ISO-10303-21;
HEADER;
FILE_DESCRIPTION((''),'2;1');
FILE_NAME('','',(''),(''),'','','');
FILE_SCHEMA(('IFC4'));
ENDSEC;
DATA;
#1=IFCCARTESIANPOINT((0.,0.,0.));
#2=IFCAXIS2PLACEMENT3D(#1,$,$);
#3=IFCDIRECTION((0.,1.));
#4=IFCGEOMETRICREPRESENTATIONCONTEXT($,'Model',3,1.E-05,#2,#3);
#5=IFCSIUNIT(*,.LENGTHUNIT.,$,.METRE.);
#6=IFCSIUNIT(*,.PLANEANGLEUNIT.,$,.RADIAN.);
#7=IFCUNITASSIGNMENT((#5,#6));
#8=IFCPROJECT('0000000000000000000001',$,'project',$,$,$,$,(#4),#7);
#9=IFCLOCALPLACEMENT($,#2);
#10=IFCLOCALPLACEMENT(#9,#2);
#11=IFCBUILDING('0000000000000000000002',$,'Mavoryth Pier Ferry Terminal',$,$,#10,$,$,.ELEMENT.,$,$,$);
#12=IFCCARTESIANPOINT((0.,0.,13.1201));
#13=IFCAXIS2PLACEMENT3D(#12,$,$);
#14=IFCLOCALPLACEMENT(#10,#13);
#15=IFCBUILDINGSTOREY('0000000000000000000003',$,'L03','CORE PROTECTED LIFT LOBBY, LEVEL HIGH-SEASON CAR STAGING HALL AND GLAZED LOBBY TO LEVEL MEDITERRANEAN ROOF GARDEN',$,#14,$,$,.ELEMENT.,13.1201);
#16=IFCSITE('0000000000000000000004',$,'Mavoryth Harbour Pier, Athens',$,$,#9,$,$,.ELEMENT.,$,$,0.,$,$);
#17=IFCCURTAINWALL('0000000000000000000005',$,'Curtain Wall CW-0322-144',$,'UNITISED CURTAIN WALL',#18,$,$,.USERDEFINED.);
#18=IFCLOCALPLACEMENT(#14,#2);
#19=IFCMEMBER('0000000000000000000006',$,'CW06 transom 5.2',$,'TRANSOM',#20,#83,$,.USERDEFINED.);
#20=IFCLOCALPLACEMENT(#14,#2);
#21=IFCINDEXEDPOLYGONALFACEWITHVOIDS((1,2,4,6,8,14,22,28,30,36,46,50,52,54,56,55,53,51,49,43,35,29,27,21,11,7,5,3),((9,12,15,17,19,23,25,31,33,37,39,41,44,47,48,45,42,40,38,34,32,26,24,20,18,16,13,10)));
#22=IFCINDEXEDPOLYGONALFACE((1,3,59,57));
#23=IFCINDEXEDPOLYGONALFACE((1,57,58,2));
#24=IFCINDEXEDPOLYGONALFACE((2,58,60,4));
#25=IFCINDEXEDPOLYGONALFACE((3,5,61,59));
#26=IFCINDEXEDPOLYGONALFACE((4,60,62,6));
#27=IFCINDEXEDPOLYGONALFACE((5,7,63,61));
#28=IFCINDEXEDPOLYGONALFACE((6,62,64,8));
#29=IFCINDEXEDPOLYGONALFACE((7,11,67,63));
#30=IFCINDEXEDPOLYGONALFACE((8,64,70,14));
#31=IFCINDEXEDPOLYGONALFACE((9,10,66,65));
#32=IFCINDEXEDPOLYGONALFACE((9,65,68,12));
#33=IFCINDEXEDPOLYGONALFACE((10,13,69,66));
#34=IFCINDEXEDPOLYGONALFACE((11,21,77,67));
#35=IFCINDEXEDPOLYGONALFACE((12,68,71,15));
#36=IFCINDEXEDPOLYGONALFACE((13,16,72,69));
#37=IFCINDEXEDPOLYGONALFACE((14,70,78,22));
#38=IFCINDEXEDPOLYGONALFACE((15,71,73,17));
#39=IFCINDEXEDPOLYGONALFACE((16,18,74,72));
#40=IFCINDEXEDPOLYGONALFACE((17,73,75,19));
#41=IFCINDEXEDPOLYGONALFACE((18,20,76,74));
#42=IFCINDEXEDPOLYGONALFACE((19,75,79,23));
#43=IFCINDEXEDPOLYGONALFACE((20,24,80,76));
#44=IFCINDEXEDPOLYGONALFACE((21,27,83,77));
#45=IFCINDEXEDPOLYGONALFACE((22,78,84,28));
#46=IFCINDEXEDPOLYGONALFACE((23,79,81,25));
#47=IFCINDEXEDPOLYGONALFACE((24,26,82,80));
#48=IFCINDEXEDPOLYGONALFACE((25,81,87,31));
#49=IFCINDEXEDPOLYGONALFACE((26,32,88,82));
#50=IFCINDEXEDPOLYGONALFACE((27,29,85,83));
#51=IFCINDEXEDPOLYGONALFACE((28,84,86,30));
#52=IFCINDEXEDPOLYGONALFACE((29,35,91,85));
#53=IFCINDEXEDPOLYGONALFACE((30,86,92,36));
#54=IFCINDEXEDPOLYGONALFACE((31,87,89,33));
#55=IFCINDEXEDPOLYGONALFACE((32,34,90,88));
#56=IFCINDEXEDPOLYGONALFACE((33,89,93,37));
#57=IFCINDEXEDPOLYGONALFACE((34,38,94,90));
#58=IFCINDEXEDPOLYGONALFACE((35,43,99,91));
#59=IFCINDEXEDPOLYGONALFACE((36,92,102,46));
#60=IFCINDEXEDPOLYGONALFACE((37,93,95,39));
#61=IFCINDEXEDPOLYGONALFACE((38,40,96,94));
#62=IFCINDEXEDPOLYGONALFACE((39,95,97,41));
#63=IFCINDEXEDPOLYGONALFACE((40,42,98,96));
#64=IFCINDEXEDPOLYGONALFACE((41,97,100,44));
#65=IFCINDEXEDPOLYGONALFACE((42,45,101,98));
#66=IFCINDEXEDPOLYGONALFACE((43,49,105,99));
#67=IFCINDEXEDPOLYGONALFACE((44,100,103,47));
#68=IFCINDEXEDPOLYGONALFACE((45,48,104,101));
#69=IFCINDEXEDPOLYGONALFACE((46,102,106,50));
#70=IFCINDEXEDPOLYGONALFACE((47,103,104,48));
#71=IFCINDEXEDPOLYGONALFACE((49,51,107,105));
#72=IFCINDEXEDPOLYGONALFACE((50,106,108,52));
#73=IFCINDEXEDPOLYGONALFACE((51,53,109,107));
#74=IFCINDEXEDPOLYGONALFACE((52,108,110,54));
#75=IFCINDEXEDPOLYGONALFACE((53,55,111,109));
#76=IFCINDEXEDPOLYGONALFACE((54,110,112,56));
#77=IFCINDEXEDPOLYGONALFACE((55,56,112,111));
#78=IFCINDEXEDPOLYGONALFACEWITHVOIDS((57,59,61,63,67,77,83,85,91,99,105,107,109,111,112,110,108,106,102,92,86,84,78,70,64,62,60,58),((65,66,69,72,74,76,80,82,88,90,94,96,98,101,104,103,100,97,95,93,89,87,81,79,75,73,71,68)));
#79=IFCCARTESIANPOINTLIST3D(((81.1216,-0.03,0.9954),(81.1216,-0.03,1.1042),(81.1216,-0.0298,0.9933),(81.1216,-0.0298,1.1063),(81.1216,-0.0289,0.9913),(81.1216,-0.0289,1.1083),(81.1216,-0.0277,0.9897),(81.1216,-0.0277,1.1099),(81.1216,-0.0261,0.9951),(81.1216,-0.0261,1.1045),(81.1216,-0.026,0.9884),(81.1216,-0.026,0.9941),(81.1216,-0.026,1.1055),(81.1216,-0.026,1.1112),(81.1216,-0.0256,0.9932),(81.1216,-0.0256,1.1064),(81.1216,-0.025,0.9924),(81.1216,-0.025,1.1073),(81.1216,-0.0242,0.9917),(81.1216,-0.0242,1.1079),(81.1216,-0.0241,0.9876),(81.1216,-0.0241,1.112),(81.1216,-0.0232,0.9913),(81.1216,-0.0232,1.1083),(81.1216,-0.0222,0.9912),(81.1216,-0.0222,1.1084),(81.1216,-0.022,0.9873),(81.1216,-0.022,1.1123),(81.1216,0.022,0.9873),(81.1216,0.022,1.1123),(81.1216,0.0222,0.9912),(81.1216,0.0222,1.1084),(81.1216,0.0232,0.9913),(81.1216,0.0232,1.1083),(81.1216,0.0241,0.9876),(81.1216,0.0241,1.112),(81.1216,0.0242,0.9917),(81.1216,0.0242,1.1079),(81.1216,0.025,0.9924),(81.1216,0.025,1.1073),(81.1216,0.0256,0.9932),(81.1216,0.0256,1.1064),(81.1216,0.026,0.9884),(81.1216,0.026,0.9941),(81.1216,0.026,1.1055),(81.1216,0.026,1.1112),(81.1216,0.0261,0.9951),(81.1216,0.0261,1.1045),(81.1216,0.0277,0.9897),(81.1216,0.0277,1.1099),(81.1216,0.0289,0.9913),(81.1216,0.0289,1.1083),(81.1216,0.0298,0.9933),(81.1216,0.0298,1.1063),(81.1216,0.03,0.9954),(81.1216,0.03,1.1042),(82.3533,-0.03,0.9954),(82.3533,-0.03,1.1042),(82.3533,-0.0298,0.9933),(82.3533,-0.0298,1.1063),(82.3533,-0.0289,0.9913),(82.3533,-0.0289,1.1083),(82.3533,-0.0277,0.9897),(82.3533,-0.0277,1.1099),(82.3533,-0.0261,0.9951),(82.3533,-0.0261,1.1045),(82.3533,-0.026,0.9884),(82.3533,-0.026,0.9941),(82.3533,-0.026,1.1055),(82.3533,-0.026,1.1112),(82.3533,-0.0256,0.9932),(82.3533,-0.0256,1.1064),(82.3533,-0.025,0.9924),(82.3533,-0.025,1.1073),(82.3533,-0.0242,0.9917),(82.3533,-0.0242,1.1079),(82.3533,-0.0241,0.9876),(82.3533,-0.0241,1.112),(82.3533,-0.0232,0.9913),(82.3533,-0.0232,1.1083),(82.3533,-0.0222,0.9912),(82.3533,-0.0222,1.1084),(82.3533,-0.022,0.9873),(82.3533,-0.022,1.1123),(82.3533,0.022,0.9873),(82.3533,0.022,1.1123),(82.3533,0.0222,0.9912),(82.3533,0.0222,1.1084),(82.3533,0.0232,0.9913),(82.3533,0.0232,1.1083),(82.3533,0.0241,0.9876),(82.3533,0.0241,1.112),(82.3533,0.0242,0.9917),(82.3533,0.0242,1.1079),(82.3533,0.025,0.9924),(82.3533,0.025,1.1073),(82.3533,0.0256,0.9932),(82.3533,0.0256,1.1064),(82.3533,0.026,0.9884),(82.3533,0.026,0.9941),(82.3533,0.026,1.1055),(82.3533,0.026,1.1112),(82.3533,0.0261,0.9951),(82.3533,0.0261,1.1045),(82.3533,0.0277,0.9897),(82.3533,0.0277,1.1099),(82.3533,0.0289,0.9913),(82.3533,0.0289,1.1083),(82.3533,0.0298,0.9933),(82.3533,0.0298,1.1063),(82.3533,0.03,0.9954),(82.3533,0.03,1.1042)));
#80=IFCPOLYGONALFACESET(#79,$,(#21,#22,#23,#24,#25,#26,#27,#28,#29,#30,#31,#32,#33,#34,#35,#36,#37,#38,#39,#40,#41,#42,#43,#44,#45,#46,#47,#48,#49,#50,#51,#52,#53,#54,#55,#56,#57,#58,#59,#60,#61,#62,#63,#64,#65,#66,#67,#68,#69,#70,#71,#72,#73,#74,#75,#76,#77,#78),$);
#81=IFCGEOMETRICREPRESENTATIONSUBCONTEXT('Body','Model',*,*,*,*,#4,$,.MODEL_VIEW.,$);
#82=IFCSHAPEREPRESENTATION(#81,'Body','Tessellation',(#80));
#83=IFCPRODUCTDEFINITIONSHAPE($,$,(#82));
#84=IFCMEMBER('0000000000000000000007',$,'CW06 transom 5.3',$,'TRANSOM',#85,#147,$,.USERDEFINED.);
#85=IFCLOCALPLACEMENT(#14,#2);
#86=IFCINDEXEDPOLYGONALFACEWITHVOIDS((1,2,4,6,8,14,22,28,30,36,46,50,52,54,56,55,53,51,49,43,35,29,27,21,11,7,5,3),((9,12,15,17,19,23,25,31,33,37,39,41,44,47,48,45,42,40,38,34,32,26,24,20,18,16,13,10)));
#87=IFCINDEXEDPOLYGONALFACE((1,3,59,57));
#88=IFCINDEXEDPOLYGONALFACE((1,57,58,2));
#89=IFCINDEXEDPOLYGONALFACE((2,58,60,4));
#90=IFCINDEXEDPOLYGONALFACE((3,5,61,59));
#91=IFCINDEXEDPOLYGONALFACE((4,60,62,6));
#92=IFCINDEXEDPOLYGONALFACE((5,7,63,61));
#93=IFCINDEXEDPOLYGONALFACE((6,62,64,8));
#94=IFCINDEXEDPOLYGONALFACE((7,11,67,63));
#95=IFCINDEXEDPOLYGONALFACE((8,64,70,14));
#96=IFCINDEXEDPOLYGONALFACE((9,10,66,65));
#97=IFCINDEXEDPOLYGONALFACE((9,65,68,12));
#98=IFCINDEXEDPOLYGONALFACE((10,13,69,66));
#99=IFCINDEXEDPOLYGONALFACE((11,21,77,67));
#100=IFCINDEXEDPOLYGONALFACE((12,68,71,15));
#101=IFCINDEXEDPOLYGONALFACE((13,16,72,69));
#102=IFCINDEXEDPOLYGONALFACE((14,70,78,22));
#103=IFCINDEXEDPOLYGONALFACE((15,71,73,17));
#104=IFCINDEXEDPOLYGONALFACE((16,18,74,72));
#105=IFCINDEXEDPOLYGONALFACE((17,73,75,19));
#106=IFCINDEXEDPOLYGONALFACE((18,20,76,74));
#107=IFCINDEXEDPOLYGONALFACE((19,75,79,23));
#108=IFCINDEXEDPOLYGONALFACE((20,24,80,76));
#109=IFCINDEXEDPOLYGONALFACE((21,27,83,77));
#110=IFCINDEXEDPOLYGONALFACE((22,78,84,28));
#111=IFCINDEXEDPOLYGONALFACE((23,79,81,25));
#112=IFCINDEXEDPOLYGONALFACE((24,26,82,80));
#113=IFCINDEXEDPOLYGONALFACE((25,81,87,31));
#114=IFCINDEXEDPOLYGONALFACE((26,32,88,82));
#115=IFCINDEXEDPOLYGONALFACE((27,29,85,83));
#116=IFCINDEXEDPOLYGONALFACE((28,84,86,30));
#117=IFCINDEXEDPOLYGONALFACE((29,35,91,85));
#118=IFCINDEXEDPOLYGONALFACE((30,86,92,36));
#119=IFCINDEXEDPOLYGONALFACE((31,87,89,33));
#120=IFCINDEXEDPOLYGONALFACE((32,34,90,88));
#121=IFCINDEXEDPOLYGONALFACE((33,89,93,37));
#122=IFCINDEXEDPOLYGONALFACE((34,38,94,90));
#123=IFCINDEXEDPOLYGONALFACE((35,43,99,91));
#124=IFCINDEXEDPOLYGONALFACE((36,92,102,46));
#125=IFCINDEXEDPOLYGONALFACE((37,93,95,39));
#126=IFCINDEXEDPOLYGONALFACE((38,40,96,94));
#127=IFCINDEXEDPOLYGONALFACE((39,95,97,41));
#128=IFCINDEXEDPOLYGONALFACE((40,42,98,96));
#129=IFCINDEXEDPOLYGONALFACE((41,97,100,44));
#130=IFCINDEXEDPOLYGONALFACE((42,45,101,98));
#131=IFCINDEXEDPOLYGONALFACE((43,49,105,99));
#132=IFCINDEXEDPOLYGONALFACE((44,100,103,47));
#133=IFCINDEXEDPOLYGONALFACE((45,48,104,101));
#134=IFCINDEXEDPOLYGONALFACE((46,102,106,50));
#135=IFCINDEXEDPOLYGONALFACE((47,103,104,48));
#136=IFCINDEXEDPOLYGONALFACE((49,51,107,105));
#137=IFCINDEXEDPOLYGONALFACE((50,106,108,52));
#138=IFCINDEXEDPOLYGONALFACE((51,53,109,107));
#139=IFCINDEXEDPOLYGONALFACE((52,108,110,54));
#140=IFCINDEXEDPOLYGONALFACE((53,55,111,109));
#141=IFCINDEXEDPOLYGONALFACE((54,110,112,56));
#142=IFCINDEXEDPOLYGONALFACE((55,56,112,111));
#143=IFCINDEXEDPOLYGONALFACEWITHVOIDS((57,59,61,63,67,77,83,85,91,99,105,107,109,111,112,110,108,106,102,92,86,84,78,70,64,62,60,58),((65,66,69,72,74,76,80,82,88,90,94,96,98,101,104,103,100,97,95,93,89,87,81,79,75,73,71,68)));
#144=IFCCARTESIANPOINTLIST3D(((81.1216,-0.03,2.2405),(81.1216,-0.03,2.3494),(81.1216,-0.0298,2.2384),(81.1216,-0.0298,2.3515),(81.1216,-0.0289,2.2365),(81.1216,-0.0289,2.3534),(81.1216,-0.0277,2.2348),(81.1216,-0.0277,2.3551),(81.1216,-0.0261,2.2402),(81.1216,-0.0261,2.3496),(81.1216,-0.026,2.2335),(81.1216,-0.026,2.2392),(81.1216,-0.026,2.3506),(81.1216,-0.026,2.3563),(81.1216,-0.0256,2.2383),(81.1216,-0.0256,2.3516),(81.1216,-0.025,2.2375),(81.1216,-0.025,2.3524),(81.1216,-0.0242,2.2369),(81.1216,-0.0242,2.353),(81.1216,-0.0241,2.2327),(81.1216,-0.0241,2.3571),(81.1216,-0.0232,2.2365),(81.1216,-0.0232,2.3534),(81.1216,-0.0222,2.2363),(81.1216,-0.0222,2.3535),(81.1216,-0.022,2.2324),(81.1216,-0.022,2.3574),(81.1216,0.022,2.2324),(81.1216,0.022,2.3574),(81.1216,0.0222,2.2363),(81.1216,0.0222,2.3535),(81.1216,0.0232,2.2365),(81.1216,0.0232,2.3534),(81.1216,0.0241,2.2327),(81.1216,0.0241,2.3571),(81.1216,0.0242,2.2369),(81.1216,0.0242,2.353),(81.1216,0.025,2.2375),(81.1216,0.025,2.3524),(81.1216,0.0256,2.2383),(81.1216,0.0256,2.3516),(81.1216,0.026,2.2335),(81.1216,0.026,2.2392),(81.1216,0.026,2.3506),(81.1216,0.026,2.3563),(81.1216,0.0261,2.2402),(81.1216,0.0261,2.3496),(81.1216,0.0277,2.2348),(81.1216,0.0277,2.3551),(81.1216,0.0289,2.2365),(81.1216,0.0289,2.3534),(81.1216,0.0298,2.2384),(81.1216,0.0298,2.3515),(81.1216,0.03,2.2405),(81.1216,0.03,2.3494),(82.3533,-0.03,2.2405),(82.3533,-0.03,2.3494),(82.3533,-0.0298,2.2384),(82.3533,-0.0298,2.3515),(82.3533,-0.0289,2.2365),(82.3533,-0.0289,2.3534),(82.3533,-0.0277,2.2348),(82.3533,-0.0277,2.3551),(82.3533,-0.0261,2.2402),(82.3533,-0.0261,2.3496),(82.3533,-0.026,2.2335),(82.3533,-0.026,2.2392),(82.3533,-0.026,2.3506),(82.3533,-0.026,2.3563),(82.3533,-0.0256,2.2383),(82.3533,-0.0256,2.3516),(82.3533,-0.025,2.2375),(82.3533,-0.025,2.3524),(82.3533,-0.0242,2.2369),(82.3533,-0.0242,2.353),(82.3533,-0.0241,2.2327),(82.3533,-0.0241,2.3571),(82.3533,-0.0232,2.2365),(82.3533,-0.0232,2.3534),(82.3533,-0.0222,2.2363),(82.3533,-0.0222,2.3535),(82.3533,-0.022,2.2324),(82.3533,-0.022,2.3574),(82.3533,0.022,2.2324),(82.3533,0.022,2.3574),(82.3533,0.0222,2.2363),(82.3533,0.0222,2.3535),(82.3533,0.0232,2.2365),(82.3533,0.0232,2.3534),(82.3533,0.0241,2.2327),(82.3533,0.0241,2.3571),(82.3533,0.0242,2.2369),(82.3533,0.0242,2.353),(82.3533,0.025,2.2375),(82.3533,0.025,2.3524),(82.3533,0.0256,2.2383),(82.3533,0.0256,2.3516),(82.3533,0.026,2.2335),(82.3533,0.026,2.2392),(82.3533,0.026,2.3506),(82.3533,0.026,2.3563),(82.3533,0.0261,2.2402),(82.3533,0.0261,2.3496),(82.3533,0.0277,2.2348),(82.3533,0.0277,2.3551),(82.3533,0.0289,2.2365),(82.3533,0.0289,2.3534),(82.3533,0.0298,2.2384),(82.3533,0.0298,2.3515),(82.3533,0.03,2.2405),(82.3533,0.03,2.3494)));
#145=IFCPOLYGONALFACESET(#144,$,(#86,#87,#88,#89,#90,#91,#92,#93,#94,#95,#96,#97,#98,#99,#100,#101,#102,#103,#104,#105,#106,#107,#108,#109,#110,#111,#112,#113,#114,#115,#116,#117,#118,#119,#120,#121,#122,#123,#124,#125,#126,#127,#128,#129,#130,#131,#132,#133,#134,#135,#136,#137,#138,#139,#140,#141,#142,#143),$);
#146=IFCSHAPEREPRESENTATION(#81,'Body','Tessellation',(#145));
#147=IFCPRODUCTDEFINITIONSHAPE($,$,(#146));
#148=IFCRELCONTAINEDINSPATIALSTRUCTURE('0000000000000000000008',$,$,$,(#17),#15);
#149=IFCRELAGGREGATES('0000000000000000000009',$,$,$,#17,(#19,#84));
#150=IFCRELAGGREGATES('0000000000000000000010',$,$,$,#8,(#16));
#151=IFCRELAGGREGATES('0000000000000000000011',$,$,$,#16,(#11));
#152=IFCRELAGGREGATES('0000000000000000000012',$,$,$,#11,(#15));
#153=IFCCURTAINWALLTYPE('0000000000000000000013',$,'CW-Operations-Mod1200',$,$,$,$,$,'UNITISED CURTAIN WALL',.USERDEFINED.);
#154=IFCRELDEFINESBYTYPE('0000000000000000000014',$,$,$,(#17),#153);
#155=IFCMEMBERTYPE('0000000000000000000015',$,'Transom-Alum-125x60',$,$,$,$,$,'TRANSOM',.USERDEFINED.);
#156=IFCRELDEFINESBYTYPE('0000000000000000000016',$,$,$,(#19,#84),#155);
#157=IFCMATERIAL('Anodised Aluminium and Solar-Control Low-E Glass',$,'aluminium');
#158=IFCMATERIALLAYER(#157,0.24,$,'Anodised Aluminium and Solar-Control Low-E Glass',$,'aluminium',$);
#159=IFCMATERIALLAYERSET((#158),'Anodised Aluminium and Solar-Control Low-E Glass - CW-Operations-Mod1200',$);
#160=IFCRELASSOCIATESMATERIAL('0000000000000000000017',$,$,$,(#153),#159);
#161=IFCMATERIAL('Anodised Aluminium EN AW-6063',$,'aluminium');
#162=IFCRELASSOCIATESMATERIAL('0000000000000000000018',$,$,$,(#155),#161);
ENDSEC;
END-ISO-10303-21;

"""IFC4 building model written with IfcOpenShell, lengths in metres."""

from ifc_helpers import new_model, si_unit, direction, frame, origin, origin_2d, place, context, subcontext, project, spatial, hollow_rectangle, extrude, material, layer, layer_set, material_profile, profile_set, type_object, element, aggregate, save


model = new_model("IFC4")

# Units and contexts
model_context = context("Model", 3, precision=1e-05, world=origin(), true_north=direction((0.0, 1.0)))
body_context = subcontext(model_context, "Body", "Model", "MODEL_VIEW")
ifc_project = project(units=[si_unit("LENGTHUNIT", "METRE"), si_unit("PLANEANGLEUNIT", "RADIAN")], contexts=[model_context])

# Site, building, storey
site_placement = place(None, origin())
site = spatial("IfcSite", under=ifc_project, at=site_placement, Name="Mavoryth Harbour Pier, Athens", CompositionType="ELEMENT", RefElevation=0.0)
building_placement = place(site_placement, origin())
building = spatial("IfcBuilding", under=site, at=building_placement, Name="Mavoryth Pier Ferry Terminal", CompositionType="ELEMENT")
storey_placement = place(building_placement, frame((0.0, 0.0, 13.1201)))
storey = spatial("IfcBuildingStorey", under=building, at=storey_placement, Name="L03", Description="CORE PROTECTED LIFT LOBBY, LEVEL HIGH-SEASON CAR STAGING HALL AND GLAZED LOBBY TO LEVEL MEDITERRANEAN ROOF GARDEN", CompositionType="ELEMENT", Elevation=13.1201)

# Curtain wall, members
ifc_material_1 = material(Name="Anodised Aluminium and Solar-Control Low-E Glass", Category="aluminium")
ifc_layer_1 = layer(ifc_material_1, 0.24, Name="Anodised Aluminium and Solar-Control Low-E Glass", Category="aluminium")
ifc_layer_set_1 = layer_set([ifc_layer_1], Name="Anodised Aluminium and Solar-Control Low-E Glass - CW-Operations-Mod1200")
curtain_wall_type = type_object("IfcCurtainWallType", Name="CW-Operations-Mod1200", ElementType="UNITISED CURTAIN WALL", PredefinedType="USERDEFINED", material=ifc_layer_set_1)
curtain_wall_placement = place(storey_placement, origin())
curtain_wall = element("IfcCurtainWall", 1, at=curtain_wall_placement, inside=storey, type_object=curtain_wall_type, Name="Curtain Wall CW-0322-144", ObjectType="UNITISED CURTAIN WALL", PredefinedType="USERDEFINED")
ifc_material_2 = material(Name="Anodised Aluminium EN AW-6063", Category="aluminium")
ifc_material_profile_1 = material_profile(ifc_material_2, hollow_rectangle(XDim=0.0601, YDim=0.125, WallThickness=0.0039, InnerFilletRadius=0.0039, OuterFilletRadius=0.0081, at=origin_2d()), Name="AL-TRAN 125x60x4", Category="aluminium")
ifc_profile_set_1 = profile_set([ifc_material_profile_1], Name="Anodised Aluminium EN AW-6063 - AL-TRAN 125x60x4")
member_type_1 = type_object("IfcMemberType", Name="Transom-Alum-125x60", ElementType="TRANSOM", PredefinedType="USERDEFINED", material=ifc_profile_set_1)
member_1_placement = place(storey_placement, frame((81.1216, 0.0, 1.0498), z_axis=(1.0, 0.0, 0.0), x_axis=(0.0, 1.0, 0.0)))
member_1 = element("IfcMember", 2, at=member_1_placement, type_object=member_type_1, Name="CW06 transom 5.2", ObjectType="TRANSOM", PredefinedType="USERDEFINED", context=body_context, shape_type="SweptSolid", body=[
    extrude(hollow_rectangle(XDim=0.0601, YDim=0.125, WallThickness=0.0039, InnerFilletRadius=0.0039, OuterFilletRadius=0.0081, at=origin_2d()), origin(), (0.0, 0.0, 1.0), 1.2317),
])
member_2_placement = place(storey_placement, frame((81.1216, 0.0, 2.2949), z_axis=(1.0, 0.0, 0.0), x_axis=(0.0, 1.0, 0.0)))
member_2 = element("IfcMember", 3, at=member_2_placement, type_object=member_type_1, Name="CW06 transom 5.3", ObjectType="TRANSOM", PredefinedType="USERDEFINED", context=body_context, shape_type="SweptSolid", body=[
    extrude(hollow_rectangle(XDim=0.0601, YDim=0.125, WallThickness=0.0039, InnerFilletRadius=0.0039, OuterFilletRadius=0.0081, at=origin_2d()), origin(), (0.0, 0.0, 1.0), 1.2317),
])
aggregate(curtain_wall, [member_1, member_2])

save(model, "model.ifc")
